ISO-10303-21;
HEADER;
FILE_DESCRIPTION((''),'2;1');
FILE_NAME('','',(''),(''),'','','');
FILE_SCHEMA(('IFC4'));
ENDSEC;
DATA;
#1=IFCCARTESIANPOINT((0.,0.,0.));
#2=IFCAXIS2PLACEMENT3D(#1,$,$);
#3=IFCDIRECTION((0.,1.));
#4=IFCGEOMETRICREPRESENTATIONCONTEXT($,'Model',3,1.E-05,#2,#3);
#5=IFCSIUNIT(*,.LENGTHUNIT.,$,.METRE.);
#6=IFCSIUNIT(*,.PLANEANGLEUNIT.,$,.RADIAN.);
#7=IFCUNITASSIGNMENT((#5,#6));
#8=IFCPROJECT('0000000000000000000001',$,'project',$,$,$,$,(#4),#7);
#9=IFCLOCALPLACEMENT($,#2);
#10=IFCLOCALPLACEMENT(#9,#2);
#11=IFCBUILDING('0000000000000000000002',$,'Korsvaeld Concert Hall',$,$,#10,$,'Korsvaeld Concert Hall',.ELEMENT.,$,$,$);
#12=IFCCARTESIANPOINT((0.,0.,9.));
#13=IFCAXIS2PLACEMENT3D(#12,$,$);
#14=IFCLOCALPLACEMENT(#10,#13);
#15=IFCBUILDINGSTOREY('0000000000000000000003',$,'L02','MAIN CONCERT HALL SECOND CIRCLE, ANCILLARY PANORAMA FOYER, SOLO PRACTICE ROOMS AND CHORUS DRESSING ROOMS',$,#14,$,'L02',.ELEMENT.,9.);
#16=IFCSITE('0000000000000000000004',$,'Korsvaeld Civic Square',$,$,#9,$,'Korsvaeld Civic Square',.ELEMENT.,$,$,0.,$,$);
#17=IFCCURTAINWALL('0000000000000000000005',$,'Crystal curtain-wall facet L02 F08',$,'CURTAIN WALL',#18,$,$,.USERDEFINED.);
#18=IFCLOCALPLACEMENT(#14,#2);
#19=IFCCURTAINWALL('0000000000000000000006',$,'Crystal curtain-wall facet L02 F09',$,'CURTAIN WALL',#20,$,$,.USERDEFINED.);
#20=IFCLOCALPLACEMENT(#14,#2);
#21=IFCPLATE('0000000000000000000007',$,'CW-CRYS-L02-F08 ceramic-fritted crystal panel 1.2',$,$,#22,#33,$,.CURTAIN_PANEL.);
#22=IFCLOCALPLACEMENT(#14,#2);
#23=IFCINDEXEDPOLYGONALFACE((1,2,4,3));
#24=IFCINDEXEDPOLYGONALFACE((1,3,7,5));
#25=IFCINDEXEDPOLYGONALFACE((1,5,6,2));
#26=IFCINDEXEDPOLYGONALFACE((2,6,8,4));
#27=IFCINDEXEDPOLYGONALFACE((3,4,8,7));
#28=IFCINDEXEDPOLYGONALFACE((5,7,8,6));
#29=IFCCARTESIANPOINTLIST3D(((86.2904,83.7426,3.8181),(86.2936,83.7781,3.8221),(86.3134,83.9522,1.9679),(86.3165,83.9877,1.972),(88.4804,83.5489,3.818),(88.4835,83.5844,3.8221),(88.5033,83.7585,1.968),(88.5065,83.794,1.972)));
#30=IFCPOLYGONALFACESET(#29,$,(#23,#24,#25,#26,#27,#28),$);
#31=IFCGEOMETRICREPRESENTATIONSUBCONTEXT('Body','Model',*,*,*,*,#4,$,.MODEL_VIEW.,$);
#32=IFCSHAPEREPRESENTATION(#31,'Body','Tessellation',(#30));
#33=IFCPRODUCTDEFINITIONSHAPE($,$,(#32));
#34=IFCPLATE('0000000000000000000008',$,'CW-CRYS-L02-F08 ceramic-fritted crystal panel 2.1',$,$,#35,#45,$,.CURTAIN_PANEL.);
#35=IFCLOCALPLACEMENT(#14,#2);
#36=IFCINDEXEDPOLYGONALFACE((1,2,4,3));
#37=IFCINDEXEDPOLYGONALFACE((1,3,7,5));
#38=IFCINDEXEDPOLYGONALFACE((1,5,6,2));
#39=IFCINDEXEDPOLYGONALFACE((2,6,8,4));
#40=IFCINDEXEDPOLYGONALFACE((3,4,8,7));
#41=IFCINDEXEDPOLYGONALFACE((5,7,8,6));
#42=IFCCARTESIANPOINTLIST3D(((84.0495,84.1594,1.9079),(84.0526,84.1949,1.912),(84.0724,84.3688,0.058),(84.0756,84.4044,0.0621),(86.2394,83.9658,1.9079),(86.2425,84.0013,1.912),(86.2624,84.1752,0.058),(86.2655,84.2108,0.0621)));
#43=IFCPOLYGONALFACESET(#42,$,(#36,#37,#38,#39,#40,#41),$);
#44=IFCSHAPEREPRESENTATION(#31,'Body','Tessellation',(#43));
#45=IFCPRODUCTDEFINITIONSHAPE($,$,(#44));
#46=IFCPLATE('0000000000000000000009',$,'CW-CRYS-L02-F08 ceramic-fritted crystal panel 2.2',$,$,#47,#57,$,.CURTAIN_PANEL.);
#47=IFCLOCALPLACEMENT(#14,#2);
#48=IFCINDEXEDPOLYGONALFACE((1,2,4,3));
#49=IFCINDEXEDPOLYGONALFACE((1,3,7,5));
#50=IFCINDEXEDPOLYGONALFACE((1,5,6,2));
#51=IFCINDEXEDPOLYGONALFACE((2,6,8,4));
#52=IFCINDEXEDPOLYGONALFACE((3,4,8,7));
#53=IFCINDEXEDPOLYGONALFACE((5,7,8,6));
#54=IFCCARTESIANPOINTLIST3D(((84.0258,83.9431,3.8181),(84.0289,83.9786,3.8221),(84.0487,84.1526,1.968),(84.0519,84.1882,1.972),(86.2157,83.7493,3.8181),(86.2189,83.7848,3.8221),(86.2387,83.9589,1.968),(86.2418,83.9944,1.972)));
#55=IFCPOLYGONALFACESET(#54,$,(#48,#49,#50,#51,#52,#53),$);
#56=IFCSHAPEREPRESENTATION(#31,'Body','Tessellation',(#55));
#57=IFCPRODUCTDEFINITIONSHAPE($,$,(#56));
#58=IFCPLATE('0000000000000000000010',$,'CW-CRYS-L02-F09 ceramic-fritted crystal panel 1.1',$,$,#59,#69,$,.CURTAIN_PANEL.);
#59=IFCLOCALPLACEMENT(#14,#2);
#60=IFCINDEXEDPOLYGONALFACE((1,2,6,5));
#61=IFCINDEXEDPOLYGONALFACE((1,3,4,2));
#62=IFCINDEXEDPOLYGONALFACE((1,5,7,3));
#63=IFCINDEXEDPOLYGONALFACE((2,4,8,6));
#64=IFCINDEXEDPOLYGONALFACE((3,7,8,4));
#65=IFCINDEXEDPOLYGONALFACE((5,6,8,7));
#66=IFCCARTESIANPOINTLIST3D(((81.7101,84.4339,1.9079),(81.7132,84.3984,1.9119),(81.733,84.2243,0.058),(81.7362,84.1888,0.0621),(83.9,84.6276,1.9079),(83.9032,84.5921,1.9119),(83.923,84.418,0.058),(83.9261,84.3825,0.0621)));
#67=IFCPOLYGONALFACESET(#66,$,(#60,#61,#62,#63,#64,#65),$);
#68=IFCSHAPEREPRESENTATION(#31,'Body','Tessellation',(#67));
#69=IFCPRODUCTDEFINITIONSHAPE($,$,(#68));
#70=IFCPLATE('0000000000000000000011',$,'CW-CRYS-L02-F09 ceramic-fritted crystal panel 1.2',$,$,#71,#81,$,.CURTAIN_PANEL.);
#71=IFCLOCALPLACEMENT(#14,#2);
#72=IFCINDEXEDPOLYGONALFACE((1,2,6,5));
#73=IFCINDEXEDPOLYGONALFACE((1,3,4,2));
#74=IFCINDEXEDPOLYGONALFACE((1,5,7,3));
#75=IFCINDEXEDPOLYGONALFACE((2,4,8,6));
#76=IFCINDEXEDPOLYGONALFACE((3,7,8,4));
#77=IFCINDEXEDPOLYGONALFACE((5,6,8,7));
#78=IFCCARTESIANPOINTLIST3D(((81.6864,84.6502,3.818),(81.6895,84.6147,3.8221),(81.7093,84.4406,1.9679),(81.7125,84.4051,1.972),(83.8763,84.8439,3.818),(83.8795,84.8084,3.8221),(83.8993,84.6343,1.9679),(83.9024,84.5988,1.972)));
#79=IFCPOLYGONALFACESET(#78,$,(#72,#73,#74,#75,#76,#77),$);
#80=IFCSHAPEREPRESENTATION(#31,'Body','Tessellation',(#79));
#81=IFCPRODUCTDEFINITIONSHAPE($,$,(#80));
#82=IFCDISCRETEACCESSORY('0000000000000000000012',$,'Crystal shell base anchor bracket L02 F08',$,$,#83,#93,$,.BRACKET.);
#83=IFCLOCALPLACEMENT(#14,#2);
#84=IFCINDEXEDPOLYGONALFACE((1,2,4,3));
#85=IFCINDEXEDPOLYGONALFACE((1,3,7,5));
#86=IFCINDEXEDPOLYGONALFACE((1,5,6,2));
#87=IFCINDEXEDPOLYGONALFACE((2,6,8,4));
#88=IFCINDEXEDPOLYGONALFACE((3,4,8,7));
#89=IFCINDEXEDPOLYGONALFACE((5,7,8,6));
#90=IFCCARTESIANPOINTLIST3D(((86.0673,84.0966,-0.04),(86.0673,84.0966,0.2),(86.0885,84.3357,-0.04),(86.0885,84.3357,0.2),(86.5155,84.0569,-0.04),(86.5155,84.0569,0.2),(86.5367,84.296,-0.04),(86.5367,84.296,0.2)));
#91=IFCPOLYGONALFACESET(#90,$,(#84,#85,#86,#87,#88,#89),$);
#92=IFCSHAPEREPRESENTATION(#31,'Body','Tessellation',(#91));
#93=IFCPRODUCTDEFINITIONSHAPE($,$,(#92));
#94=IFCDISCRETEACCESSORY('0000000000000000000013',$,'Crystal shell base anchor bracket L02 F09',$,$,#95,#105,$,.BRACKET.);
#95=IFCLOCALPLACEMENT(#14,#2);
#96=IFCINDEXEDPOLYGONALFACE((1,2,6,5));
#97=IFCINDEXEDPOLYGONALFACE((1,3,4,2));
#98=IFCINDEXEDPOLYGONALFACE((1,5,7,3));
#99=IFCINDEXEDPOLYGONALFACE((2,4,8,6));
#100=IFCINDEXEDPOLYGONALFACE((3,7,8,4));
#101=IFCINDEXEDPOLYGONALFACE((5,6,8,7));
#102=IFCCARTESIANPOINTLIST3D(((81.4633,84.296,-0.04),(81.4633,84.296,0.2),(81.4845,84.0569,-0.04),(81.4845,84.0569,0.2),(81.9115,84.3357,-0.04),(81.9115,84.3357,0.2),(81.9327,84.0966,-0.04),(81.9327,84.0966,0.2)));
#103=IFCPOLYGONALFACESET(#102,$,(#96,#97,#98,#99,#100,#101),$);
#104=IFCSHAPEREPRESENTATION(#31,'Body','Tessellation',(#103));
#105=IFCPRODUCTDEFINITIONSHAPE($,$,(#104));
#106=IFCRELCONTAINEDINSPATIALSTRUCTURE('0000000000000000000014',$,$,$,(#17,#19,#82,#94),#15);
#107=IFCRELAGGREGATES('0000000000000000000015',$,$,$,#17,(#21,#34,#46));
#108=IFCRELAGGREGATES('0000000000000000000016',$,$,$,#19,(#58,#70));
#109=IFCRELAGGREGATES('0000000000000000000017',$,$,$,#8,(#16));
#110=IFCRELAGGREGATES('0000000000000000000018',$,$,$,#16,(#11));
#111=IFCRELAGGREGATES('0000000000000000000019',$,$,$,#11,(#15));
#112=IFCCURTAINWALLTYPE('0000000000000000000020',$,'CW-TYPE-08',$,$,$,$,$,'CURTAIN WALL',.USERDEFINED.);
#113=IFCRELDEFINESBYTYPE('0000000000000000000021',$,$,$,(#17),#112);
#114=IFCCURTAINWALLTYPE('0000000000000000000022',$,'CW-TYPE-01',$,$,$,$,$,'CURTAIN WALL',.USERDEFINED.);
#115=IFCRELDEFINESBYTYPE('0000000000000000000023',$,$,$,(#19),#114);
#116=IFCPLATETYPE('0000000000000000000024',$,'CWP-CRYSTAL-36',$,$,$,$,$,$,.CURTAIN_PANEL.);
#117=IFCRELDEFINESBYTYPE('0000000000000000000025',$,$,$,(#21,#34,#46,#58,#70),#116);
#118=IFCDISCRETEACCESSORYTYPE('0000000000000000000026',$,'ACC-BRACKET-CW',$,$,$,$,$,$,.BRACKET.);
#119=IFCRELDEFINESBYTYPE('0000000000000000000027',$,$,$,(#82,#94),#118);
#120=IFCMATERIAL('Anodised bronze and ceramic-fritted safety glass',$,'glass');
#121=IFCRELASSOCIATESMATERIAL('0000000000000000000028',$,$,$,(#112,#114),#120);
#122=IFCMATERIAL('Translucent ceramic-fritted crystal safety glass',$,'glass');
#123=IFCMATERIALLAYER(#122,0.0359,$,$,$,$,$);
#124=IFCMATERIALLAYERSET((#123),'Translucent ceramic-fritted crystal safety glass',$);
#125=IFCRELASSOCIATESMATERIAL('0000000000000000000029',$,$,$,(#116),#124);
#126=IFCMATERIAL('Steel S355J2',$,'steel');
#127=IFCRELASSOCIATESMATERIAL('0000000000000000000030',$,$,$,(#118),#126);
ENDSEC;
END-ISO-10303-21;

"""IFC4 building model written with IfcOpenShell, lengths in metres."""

from ifc_helpers import new_model, si_unit, direction, frame, origin, origin_2d, place, context, subcontext, project, spatial, polyline, rectangle, outline, extrude, material, layer, layer_set, type_object, element, aggregate, save


model = new_model("IFC4")

# Units and contexts
model_context = context("Model", 3, precision=1e-05, world=origin(), true_north=direction((0.0, 1.0)))
body_context = subcontext(model_context, "Body", "Model", "MODEL_VIEW")
ifc_project = project(units=[si_unit("LENGTHUNIT", "METRE"), si_unit("PLANEANGLEUNIT", "RADIAN")], contexts=[model_context])

# Site, building, storey
site_placement = place(None, origin())
site = spatial("IfcSite", under=ifc_project, at=site_placement, Name="Korsvaeld Civic Square", LongName="Korsvaeld Civic Square", CompositionType="ELEMENT", RefElevation=0.0)
building_placement = place(site_placement, origin())
building = spatial("IfcBuilding", under=site, at=building_placement, Name="Korsvaeld Concert Hall", LongName="Korsvaeld Concert Hall", CompositionType="ELEMENT")
storey_placement = place(building_placement, frame((0.0, 0.0, 9.0)))
storey = spatial("IfcBuildingStorey", under=building, at=storey_placement, Name="L02", Description="MAIN CONCERT HALL SECOND CIRCLE, ANCILLARY PANORAMA FOYER, SOLO PRACTICE ROOMS AND CHORUS DRESSING ROOMS", LongName="L02", CompositionType="ELEMENT", Elevation=9.0)

# Curtain wall
ifc_material_1 = material(Name="Anodised bronze and ceramic-fritted safety glass", Category="glass")
curtain_wall_type_1 = type_object("IfcCurtainWallType", Name="CW-TYPE-08", ElementType="CURTAIN WALL", PredefinedType="USERDEFINED", material=ifc_material_1)
curtain_wall_1_placement = place(storey_placement, origin())
curtain_wall_1 = element("IfcCurtainWall", 1, at=curtain_wall_1_placement, inside=storey, type_object=curtain_wall_type_1, Name="Crystal curtain-wall facet L02 F08", ObjectType="CURTAIN WALL", PredefinedType="USERDEFINED")

# Curtain wall
curtain_wall_type_2 = type_object("IfcCurtainWallType", Name="CW-TYPE-01", ElementType="CURTAIN WALL", PredefinedType="USERDEFINED", material=ifc_material_1)
curtain_wall_2_placement = place(storey_placement, origin())
curtain_wall_2 = element("IfcCurtainWall", 2, at=curtain_wall_2_placement, inside=storey, type_object=curtain_wall_type_2, Name="Crystal curtain-wall facet L02 F09", ObjectType="CURTAIN WALL", PredefinedType="USERDEFINED")

# Plates
ifc_material_2 = material(Name="Translucent ceramic-fritted crystal safety glass", Category="glass")
ifc_layer = layer(ifc_material_2, 0.0359)
ifc_layer_set = layer_set([ifc_layer], Name="Translucent ceramic-fritted crystal safety glass")
plate_type = type_object("IfcPlateType", Name="CWP-CRYSTAL-36", PredefinedType="CURTAIN_PANEL", material=ifc_layer_set)
plate_1_placement = place(storey_placement, frame((88.5049, 83.7761, 1.97), z_axis=(0.087551, 0.989706, 0.113208), x_axis=(-0.99611, 0.088118, -0.000006)))
plate_1 = element("IfcPlate", 3, at=plate_1_placement, type_object=plate_type, Name="CW-CRYS-L02-F08 ceramic-fritted crystal panel 1.2", PredefinedType="CURTAIN_PANEL", context=body_context, shape_type="SweptSolid", body=[
    extrude(outline(polyline([(0.0, 0.0), (2.1985, 0.0), (2.2029, 1.8621), (0.0044, 1.8621), (0.0, 0.0)])), frame((0.0, 0.0, 0.0181)), (0.0, 0.0, -1.0), 0.0359),
])
plate_2_placement = place(storey_placement, frame((86.2639, 84.1929, 0.0601), z_axis=(0.087497, 0.989717, 0.113158), x_axis=(-0.996115, 0.088062, 0.0)))
plate_2 = element("IfcPlate", 4, at=plate_2_placement, type_object=plate_type, Name="CW-CRYS-L02-F08 ceramic-fritted crystal panel 2.1", PredefinedType="CURTAIN_PANEL", context=body_context, shape_type="SweptSolid", body=[
    extrude(outline(polyline([(0.0, 0.0), (2.1985, 0.0), (2.2029, 1.8618), (0.0044, 1.8618), (0.0, 0.0)])), frame((0.0, 0.0, 0.0181)), (0.0, 0.0, -1.0), 0.0359),
])
plate_3_placement = place(storey_placement, frame((86.2402, 83.9766, 1.97), z_axis=(0.087551, 0.989706, 0.113208), x_axis=(-0.99611, 0.088117, 0.000006)))
plate_3 = element("IfcPlate", 5, at=plate_3_placement, type_object=plate_type, Name="CW-CRYS-L02-F08 ceramic-fritted crystal panel 2.2", PredefinedType="CURTAIN_PANEL", context=body_context, shape_type="SweptSolid", body=[
    extrude(outline(polyline([(0.0, 0.0), (2.1985, 0.0), (2.2029, 1.8621), (0.0044, 1.8621), (0.0, 0.0)])), frame((0.0, 0.0, 0.0181)), (0.0, 0.0, -1.0), 0.0359),
])
aggregate(curtain_wall_1, [plate_1, plate_2, plate_3])
plate_4_placement = place(storey_placement, frame((83.9246, 84.4001, 0.0601), z_axis=(-0.087551, 0.989705, -0.113223), x_axis=(-0.99611, -0.088118, -0.000006)))
plate_4 = element("IfcPlate", 6, at=plate_4_placement, type_object=plate_type, Name="CW-CRYS-L02-F09 ceramic-fritted crystal panel 1.1", PredefinedType="CURTAIN_PANEL", context=body_context, shape_type="SweptSolid", body=[
    extrude(outline(polyline([(0.0, 0.0), (2.1985, 0.0), (2.2029, 1.8618), (0.0044, 1.8618), (0.0, 0.0)])), frame((0.0, 0.0, 0.0181)), (0.0, 0.0, -1.0), 0.0359),
])
plate_5_placement = place(storey_placement, frame((83.9009, 84.6165, 1.97), z_axis=(-0.087551, 0.989706, -0.113208), x_axis=(-0.99611, -0.088118, -0.000006)))
plate_5 = element("IfcPlate", 7, at=plate_5_placement, type_object=plate_type, Name="CW-CRYS-L02-F09 ceramic-fritted crystal panel 1.2", PredefinedType="CURTAIN_PANEL", context=body_context, shape_type="SweptSolid", body=[
    extrude(outline(polyline([(0.0, 0.0), (2.1985, 0.0), (2.2029, 1.8621), (0.0044, 1.8621), (0.0, 0.0)])), frame((0.0, 0.0, 0.0181)), (0.0, 0.0, -1.0), 0.0359),
])
aggregate(curtain_wall_2, [plate_4, plate_5])

# Discrete accessories
ifc_material_3 = material(Name="Steel S355J2", Category="steel")
discrete_accessory_type = type_object("IfcDiscreteAccessoryType", Name="ACC-BRACKET-CW", PredefinedType="BRACKET", material=ifc_material_3)
for number, where, z_axis, x_axis, name in (
    (8, (86.302, 84.1963, -0.04), (0.0, 0.0, 1.0), (-0.996103, 0.088199, 0.0), "Crystal shell base anchor bracket L02 F08"),
    (9, (81.698, 84.1963, -0.04), (0.0, 0.0, 1.0), (-0.996103, -0.088199, 0.0), "Crystal shell base anchor bracket L02 F09"),
):
    element("IfcDiscreteAccessory", number, at=place(storey_placement, frame(where, z_axis=z_axis, x_axis=x_axis)), inside=storey, type_object=discrete_accessory_type, Name=name, PredefinedType="BRACKET", context=body_context, shape_type="SweptSolid", body=[
        extrude(rectangle(XDim=0.45, YDim=0.24, at=origin_2d()), origin(), (0.0, 0.0, 1.0), 0.24),
    ])

save(model, "model.ifc")
